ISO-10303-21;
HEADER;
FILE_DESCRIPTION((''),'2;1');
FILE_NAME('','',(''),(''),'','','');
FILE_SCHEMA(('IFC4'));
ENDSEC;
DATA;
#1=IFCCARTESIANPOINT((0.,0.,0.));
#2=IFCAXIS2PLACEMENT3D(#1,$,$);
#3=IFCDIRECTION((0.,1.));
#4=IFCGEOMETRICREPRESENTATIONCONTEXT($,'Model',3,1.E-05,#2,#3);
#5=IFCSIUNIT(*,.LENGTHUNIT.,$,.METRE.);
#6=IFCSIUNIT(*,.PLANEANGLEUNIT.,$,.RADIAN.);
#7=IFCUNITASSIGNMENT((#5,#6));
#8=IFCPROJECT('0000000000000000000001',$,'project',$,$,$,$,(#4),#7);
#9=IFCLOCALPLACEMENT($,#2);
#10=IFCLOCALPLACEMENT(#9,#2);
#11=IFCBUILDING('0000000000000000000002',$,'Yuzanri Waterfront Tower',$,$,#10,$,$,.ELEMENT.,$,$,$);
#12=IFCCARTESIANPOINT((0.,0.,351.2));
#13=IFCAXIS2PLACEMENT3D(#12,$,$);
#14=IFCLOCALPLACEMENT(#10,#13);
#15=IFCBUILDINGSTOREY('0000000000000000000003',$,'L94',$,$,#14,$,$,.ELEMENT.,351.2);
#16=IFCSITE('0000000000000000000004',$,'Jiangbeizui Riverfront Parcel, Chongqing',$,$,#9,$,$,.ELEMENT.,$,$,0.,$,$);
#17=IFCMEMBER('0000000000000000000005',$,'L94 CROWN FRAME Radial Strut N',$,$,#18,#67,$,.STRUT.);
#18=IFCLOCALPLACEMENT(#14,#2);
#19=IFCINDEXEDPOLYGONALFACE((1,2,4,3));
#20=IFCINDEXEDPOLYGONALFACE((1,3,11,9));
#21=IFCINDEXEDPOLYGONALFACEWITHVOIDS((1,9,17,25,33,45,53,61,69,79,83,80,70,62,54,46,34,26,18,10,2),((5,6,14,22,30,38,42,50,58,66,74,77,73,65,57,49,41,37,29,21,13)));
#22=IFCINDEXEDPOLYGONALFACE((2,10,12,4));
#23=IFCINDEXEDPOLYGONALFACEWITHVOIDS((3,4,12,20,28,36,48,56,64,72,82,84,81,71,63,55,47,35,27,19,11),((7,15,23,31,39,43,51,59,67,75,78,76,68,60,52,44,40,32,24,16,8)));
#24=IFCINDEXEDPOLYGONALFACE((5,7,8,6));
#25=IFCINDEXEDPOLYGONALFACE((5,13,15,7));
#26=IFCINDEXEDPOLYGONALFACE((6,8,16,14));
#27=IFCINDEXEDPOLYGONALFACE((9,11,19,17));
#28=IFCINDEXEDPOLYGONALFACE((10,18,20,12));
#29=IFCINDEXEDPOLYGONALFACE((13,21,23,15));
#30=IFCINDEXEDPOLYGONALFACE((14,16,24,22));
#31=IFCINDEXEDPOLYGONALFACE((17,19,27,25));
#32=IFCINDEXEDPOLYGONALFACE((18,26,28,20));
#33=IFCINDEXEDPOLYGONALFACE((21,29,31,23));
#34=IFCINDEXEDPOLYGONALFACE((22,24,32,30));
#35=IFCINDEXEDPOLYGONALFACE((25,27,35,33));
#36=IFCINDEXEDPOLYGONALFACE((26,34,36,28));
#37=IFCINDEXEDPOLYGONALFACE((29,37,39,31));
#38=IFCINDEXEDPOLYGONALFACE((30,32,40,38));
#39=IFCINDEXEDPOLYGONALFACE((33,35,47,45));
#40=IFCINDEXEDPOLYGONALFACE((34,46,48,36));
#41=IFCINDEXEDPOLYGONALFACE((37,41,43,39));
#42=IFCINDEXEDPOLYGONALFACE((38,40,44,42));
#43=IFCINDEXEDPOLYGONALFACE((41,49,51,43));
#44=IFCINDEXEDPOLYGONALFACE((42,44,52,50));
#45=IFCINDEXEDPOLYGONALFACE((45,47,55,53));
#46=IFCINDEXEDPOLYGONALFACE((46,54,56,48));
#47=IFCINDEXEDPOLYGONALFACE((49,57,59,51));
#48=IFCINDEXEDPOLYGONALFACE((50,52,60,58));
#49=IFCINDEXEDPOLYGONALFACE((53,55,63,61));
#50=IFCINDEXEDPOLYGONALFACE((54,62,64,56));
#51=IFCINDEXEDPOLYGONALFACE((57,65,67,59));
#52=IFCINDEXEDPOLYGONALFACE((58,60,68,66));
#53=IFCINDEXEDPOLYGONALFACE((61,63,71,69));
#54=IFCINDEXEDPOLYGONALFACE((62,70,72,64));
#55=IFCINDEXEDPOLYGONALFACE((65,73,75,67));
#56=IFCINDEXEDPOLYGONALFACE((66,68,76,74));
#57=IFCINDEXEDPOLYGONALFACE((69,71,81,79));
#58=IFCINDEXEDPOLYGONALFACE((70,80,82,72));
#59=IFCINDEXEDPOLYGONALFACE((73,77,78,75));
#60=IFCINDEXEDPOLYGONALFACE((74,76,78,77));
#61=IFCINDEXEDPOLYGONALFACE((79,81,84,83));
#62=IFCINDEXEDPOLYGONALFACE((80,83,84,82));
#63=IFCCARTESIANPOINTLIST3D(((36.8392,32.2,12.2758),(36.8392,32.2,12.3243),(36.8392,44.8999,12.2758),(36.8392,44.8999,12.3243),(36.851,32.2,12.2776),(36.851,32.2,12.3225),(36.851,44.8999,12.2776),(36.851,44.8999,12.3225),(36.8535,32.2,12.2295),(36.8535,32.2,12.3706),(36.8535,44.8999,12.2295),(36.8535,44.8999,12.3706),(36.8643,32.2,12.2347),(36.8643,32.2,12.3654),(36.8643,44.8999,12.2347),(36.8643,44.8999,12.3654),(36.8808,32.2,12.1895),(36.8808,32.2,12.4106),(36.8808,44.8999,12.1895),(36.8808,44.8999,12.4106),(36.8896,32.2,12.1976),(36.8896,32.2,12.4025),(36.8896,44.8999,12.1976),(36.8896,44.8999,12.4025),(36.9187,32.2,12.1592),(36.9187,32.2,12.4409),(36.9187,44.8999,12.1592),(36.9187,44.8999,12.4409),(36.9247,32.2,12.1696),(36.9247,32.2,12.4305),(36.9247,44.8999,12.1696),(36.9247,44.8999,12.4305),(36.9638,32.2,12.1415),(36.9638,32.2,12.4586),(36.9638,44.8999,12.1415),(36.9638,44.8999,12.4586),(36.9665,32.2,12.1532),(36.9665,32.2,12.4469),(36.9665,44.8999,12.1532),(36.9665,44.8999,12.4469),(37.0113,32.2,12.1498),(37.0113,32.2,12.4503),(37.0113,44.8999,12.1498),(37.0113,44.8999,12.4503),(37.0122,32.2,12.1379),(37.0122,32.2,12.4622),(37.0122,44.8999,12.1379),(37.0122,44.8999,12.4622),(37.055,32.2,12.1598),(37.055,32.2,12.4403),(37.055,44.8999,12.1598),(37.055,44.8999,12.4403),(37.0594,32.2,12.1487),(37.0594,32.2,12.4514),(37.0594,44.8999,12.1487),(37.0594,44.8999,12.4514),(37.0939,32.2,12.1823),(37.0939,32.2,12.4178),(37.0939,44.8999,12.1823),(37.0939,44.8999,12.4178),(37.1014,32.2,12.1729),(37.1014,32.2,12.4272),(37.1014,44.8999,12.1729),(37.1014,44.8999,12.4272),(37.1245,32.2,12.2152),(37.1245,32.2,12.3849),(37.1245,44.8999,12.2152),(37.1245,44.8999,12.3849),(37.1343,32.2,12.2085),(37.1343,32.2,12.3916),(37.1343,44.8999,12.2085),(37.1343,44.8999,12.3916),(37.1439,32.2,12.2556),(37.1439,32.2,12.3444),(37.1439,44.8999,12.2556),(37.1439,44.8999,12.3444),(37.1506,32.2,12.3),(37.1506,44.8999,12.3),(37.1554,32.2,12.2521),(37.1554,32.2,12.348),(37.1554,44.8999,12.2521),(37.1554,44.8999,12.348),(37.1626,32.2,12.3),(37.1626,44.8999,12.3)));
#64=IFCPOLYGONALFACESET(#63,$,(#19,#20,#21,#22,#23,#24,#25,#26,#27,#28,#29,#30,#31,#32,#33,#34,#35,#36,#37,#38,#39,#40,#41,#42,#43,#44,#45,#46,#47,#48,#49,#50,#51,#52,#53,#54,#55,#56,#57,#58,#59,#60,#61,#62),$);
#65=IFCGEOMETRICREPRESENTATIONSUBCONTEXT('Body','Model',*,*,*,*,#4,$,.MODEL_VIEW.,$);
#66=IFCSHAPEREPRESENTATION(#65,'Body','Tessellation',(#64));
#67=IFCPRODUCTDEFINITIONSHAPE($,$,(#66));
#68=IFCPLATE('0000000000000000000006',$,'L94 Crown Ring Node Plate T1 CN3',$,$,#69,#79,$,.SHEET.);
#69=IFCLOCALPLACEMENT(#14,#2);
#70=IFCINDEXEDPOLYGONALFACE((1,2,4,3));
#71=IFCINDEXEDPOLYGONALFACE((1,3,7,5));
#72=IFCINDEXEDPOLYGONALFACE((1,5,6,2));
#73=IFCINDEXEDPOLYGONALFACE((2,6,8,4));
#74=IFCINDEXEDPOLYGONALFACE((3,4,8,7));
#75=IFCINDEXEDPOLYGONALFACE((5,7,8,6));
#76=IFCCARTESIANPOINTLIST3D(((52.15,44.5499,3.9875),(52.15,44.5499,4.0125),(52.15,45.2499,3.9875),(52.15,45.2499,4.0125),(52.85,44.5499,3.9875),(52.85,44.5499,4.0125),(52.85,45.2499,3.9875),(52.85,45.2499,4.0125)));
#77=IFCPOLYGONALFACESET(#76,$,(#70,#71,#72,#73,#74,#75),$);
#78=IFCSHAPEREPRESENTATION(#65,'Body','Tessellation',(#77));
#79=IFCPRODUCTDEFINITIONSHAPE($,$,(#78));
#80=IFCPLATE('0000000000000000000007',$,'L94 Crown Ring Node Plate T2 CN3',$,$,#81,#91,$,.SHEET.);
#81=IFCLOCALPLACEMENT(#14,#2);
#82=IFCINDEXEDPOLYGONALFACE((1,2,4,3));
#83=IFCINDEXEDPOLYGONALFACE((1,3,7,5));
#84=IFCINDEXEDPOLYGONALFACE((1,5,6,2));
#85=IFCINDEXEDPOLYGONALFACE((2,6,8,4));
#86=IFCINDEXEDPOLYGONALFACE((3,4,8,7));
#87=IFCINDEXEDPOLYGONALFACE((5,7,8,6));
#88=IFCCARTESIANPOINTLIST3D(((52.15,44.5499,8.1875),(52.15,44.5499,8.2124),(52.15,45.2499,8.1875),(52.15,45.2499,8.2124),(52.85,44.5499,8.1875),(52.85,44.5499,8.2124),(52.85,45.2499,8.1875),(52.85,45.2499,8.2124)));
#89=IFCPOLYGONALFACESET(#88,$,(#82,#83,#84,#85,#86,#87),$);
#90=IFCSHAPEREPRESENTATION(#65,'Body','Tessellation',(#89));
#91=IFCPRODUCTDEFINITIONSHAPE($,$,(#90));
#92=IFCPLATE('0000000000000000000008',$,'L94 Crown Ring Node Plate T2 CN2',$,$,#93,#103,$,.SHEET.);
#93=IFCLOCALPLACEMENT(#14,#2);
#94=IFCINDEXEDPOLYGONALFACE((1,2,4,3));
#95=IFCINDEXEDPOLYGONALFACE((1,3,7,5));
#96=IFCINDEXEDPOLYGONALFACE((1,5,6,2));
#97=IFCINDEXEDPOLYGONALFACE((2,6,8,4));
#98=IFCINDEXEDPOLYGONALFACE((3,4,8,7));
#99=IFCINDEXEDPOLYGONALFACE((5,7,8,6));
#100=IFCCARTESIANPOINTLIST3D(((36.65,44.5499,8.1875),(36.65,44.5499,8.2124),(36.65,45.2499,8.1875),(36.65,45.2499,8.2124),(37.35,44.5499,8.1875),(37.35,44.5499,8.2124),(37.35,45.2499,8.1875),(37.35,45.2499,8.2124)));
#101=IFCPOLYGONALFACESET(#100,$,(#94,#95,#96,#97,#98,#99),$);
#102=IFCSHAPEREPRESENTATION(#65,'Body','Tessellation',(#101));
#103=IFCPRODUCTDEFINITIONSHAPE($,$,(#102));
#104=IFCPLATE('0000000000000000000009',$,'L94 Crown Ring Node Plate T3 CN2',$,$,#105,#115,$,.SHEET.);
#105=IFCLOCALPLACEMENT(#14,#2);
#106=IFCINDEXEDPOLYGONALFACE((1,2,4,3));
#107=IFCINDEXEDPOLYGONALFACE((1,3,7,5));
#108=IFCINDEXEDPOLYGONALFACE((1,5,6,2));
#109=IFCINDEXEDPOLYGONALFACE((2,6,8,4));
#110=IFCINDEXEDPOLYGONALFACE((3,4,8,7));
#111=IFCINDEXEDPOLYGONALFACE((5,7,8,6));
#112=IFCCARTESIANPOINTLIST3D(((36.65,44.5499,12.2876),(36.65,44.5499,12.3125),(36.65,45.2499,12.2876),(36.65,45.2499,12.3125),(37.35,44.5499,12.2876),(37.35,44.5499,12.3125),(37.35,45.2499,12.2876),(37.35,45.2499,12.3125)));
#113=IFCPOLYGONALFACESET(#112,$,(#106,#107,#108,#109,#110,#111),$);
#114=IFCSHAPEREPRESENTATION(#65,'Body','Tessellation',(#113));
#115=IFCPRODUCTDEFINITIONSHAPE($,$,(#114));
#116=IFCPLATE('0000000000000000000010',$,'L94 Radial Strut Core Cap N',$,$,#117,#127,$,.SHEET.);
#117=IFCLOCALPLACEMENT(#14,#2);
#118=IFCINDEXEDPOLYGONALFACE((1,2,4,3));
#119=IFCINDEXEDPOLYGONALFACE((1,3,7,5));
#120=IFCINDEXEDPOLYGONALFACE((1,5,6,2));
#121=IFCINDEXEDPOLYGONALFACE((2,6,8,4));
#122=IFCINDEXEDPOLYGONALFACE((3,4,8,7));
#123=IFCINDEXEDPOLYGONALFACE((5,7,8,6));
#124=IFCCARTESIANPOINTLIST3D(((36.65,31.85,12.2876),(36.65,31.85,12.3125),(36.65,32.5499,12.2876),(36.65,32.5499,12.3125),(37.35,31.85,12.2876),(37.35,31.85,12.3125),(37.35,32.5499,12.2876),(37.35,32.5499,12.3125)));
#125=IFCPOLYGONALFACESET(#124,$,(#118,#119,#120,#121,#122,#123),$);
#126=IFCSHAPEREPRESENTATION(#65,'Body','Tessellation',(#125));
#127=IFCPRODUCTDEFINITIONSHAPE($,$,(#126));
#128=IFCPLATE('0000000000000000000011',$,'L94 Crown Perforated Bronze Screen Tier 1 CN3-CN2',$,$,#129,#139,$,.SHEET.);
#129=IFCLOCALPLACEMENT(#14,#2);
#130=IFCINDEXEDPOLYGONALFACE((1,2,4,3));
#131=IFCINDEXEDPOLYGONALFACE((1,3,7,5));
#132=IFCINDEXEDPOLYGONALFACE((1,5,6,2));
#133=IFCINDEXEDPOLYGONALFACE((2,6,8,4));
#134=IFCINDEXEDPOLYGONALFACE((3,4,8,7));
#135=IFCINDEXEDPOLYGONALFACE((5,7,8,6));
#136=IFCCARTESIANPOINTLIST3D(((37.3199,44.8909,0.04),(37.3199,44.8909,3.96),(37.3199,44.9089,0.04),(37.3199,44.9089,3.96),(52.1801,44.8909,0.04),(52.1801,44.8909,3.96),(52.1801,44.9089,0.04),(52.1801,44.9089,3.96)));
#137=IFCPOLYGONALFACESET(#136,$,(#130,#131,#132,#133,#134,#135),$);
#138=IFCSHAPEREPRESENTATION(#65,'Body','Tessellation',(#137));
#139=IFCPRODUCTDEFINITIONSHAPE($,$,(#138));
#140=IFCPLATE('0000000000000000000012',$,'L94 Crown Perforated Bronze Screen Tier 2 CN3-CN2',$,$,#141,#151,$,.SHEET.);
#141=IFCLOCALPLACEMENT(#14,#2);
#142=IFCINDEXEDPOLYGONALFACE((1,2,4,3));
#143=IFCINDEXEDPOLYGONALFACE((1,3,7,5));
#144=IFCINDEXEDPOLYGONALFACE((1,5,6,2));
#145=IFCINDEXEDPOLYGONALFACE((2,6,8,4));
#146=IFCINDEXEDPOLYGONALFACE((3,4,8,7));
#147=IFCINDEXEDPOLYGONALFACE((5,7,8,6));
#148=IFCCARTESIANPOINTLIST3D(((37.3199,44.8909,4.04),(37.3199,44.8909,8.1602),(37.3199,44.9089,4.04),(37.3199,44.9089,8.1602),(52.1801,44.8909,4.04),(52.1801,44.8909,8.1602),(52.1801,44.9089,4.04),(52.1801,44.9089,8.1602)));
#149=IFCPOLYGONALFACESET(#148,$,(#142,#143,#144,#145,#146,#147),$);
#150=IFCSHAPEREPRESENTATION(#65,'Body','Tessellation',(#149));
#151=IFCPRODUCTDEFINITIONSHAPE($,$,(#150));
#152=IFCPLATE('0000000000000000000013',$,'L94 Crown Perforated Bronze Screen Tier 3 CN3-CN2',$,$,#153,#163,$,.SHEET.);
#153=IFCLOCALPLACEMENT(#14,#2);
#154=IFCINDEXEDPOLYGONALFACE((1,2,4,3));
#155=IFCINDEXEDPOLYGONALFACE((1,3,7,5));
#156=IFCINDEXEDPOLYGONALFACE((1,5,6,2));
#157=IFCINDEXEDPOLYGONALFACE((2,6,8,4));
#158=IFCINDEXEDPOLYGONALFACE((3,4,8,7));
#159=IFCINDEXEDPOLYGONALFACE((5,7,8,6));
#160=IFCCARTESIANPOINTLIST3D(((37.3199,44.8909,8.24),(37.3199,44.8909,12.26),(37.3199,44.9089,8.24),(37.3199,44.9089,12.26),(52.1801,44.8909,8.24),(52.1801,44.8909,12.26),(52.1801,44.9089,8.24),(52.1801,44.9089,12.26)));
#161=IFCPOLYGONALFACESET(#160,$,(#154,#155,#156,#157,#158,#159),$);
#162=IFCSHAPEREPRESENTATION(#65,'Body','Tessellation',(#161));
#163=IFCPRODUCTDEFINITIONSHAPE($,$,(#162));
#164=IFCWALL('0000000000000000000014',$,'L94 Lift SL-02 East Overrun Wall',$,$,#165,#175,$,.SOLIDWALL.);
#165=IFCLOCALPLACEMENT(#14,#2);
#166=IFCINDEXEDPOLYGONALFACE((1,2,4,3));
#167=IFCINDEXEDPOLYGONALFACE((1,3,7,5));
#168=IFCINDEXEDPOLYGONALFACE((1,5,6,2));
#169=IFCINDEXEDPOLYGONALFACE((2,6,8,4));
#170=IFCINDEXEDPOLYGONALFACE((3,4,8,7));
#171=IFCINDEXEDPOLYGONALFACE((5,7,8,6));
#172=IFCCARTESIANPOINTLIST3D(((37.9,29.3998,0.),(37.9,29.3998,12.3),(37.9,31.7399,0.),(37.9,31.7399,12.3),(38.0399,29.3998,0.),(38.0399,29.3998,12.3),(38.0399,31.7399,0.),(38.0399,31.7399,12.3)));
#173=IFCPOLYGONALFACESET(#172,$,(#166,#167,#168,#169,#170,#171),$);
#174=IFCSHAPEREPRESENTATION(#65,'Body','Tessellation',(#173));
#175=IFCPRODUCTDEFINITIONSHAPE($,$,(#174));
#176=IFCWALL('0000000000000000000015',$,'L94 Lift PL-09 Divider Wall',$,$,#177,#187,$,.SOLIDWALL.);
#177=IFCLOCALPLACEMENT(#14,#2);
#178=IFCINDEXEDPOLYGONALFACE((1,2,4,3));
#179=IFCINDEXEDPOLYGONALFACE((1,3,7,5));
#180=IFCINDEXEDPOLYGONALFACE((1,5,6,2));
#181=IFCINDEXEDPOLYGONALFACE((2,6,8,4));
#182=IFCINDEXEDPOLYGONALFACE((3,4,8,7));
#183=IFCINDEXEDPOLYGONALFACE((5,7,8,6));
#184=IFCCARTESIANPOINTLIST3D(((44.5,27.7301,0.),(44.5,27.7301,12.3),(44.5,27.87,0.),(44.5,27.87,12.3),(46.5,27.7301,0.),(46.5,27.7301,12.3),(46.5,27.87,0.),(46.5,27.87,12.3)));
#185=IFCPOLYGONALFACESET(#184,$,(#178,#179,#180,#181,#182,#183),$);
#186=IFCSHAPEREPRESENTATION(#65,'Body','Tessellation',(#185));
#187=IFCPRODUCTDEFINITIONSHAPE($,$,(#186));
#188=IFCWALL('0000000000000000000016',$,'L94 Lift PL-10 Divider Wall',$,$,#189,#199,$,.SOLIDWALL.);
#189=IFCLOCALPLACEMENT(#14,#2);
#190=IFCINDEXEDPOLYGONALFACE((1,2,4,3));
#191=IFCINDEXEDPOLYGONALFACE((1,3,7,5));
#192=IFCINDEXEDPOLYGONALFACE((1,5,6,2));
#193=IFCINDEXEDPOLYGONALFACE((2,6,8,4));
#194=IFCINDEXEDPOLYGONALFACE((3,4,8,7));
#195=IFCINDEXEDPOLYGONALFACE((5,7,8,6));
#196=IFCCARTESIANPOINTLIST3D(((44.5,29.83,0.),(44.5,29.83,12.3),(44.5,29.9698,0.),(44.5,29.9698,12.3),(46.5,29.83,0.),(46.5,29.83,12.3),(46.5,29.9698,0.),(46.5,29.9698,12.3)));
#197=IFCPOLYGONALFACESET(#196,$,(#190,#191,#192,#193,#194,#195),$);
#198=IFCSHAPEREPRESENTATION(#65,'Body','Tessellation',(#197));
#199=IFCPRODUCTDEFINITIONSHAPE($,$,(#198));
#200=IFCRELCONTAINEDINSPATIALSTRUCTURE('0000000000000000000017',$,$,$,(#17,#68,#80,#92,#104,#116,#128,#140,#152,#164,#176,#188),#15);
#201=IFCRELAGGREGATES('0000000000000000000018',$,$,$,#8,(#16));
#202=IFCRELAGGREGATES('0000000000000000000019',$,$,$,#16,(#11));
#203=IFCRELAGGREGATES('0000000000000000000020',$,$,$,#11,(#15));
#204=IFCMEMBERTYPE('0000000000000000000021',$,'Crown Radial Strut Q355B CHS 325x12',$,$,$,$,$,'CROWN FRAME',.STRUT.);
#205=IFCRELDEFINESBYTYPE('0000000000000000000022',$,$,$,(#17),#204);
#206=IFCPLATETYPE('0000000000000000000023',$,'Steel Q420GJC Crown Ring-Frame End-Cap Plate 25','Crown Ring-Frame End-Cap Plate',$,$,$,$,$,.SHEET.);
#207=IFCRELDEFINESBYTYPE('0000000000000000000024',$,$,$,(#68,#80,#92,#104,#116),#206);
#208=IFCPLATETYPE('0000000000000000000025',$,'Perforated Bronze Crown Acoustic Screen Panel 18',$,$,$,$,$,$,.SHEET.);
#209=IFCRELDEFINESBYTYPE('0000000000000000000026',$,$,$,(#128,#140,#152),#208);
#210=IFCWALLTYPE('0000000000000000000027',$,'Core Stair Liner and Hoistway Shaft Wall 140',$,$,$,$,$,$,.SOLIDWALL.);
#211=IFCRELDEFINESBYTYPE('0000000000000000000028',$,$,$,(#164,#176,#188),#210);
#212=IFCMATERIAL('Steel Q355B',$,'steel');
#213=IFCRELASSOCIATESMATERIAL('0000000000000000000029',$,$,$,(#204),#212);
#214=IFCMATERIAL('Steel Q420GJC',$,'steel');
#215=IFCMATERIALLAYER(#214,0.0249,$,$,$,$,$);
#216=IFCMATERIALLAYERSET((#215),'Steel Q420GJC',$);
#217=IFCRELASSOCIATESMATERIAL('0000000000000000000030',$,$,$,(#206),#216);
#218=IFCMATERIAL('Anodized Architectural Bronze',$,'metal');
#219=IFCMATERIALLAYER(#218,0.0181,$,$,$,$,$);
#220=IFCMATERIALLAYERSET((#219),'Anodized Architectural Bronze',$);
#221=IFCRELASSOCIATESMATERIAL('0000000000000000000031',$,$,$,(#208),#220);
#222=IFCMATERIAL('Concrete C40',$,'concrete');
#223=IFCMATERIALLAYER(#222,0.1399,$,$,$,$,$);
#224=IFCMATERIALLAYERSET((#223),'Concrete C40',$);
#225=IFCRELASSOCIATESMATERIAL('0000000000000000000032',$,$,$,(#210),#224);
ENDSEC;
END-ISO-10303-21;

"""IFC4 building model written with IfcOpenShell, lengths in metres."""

from ifc_helpers import new_model, si_unit, direction, frame, frame_2d, origin, origin_2d, place, context, subcontext, project, spatial, rectangle, hollow_circle, extrude, source, transform, mapped, material, layer, layer_set, material_profile, profile_set, type_object, element, save


model = new_model("IFC4")

# Units and contexts
model_context = context("Model", 3, precision=1e-05, world=origin(), true_north=direction((0.0, 1.0)))
body_context = subcontext(model_context, "Body", "Model", "MODEL_VIEW")
ifc_project = project(units=[si_unit("LENGTHUNIT", "METRE"), si_unit("PLANEANGLEUNIT", "RADIAN")], contexts=[model_context])

# Site, building, storey
site_placement = place(None, origin())
site = spatial("IfcSite", under=ifc_project, at=site_placement, Name="Jiangbeizui Riverfront Parcel, Chongqing", CompositionType="ELEMENT", RefElevation=0.0)
building_placement = place(site_placement, origin())
building = spatial("IfcBuilding", under=site, at=building_placement, Name="Yuzanri Waterfront Tower", CompositionType="ELEMENT")
storey_placement = place(building_placement, frame((0.0, 0.0, 351.2)))
storey = spatial("IfcBuildingStorey", under=building, at=storey_placement, Name="L94", CompositionType="ELEMENT", Elevation=351.2)

# Member
ifc_material_1 = material(Name="Steel Q355B", Category="steel")
ifc_material_profile_1 = material_profile(ifc_material_1, hollow_circle(Radius=0.1626, WallThickness=0.012, at=origin_2d()), Name="CHS 325x12")
ifc_profile_set_1 = profile_set([ifc_material_profile_1], Name="Steel Q355B")
member_type_1 = type_object("IfcMemberType", Name="Crown Radial Strut Q355B CHS 325x12", ElementType="CROWN FRAME", PredefinedType="STRUT", material=ifc_profile_set_1)
shared_shape_1 = source(origin(), body_context, "Body", "SweptSolid", [
    extrude(hollow_circle(Radius=0.1626, WallThickness=0.012, at=origin_2d()), origin(), (0.0, 0.0, 1.0), 12.7),
])
member_1_placement = place(storey_placement, frame((37.0, 44.8999, 12.3), z_axis=(0.0, -1.0, 0.0), x_axis=(1.0, 0.0, 0.0)))
element("IfcMember", 1, at=member_1_placement, inside=storey, type_object=member_type_1, Name="L94 CROWN FRAME Radial Strut N", PredefinedType="STRUT", context=body_context, shape_type="MappedRepresentation", body=[
    mapped(shared_shape_1, transform((0.0, 0.0, 0.0), scale=1.0)),
])

# Plates
ifc_material_2 = material(Name="Steel Q420GJC", Category="steel")
ifc_layer_1 = layer(ifc_material_2, 0.0249)
ifc_layer_set_1 = layer_set([ifc_layer_1], Name="Steel Q420GJC")
plate_type_1 = type_object("IfcPlateType", Name="Steel Q420GJC Crown Ring-Frame End-Cap Plate 25", Description="Crown Ring-Frame End-Cap Plate", PredefinedType="SHEET", material=ifc_layer_set_1)
shared_shape_2 = source(origin(), body_context, "Body", "SweptSolid", [
    extrude(rectangle(XDim=0.7, YDim=0.7, at=origin_2d()), origin(), (0.0, 0.0, 1.0), 0.0249),
])
for number, where, z_axis, x_axis, name in (
    (2, (52.5, 44.8999, 3.9875), (0.0, 0.0, 1.0), (1.0, 0.0, 0.0), "L94 Crown Ring Node Plate T1 CN3"),
    (3, (52.5, 44.8999, 8.1875), (0.0, 0.0, 1.0), (1.0, 0.0, 0.0), "L94 Crown Ring Node Plate T2 CN3"),
    (4, (37.0, 44.8999, 8.1875), (0.0, 0.0, 1.0), (1.0, 0.0, 0.0), "L94 Crown Ring Node Plate T2 CN2"),
    (5, (37.0, 44.8999, 12.2876), (0.0, 0.0, 1.0), (1.0, 0.0, 0.0), "L94 Crown Ring Node Plate T3 CN2"),
    (6, (37.0, 32.2, 12.2876), (0.0, 0.0, 1.0), (1.0, 0.0, 0.0), "L94 Radial Strut Core Cap N"),
):
    element("IfcPlate", number, at=place(storey_placement, frame(where, z_axis=z_axis, x_axis=x_axis)), inside=storey, type_object=plate_type_1, Name=name, PredefinedType="SHEET", context=body_context, shape_type="MappedRepresentation", body=[
        mapped(shared_shape_2, transform((0.0, 0.0, 0.0), scale=1.0)),
    ])
ifc_material_3 = material(Name="Anodized Architectural Bronze", Category="metal")
ifc_layer_2 = layer(ifc_material_3, 0.0181)
ifc_layer_set_2 = layer_set([ifc_layer_2], Name="Anodized Architectural Bronze")
plate_type_2 = type_object("IfcPlateType", Name="Perforated Bronze Crown Acoustic Screen Panel 18", PredefinedType="SHEET", material=ifc_layer_set_2)
shared_shape_3 = source(origin(), body_context, "Body", "SweptSolid", [
    extrude(rectangle(XDim=14.8601, YDim=0.0181, at=origin_2d()), origin(), (0.0, 0.0, 1.0), 3.9199),
])
plate_1_placement = place(storey_placement, frame((44.75, 44.8999, 0.04), z_axis=(0.0, 0.0, 1.0), x_axis=(-1.0, 0.0, 0.0)))
element("IfcPlate", 7, at=plate_1_placement, inside=storey, type_object=plate_type_2, Name="L94 Crown Perforated Bronze Screen Tier 1 CN3-CN2", PredefinedType="SHEET", context=body_context, shape_type="MappedRepresentation", body=[
    mapped(shared_shape_3, transform((0.0, 0.0, 0.0), scale=1.0)),
])
shared_shape_4 = source(origin(), body_context, "Body", "SweptSolid", [
    extrude(rectangle(XDim=14.8601, YDim=0.0181, at=origin_2d()), origin(), (0.0, 0.0, 1.0), 4.1201),
])
plate_2_placement = place(storey_placement, frame((44.75, 44.8999, 4.04), z_axis=(0.0, 0.0, 1.0), x_axis=(-1.0, 0.0, 0.0)))
element("IfcPlate", 8, at=plate_2_placement, inside=storey, type_object=plate_type_2, Name="L94 Crown Perforated Bronze Screen Tier 2 CN3-CN2", PredefinedType="SHEET", context=body_context, shape_type="MappedRepresentation", body=[
    mapped(shared_shape_4, transform((0.0, 0.0, 0.0), scale=1.0)),
])
shared_shape_5 = source(origin(), body_context, "Body", "SweptSolid", [
    extrude(rectangle(XDim=14.8601, YDim=0.0181, at=origin_2d()), origin(), (0.0, 0.0, 1.0), 4.02),
])
plate_3_placement = place(storey_placement, frame((44.75, 44.8999, 8.24), z_axis=(0.0, 0.0, 1.0), x_axis=(-1.0, 0.0, 0.0)))
element("IfcPlate", 9, at=plate_3_placement, inside=storey, type_object=plate_type_2, Name="L94 Crown Perforated Bronze Screen Tier 3 CN3-CN2", PredefinedType="SHEET", context=body_context, shape_type="MappedRepresentation", body=[
    mapped(shared_shape_5, transform((0.0, 0.0, 0.0), scale=1.0)),
])

# Walls
ifc_material_4 = material(Name="Concrete C40", Category="concrete")
ifc_layer_3 = layer(ifc_material_4, 0.1399)
ifc_layer_set_3 = layer_set([ifc_layer_3], Name="Concrete C40")
wall_type = type_object("IfcWallType", Name="Core Stair Liner and Hoistway Shaft Wall 140", PredefinedType="SOLIDWALL", material=ifc_layer_set_3)
shared_shape_6 = source(origin(), body_context, "Body", "SweptSolid", [
    extrude(rectangle(XDim=2.3401, YDim=0.1399, at=frame_2d((1.1699, 0.0))), origin(), (0.0, 0.0, 1.0), 12.3),
])
wall_placement = place(storey_placement, frame((37.97, 29.3999, 0.0), z_axis=(0.0, 0.0, 1.0), x_axis=(0.0, 1.0, 0.0)))
element("IfcWall", 10, at=wall_placement, inside=storey, type_object=wall_type, Name="L94 Lift SL-02 East Overrun Wall", PredefinedType="SOLIDWALL", context=body_context, shape_type="MappedRepresentation", body=[
    mapped(shared_shape_6, transform((0.0, 0.0, 0.0), scale=1.0)),
])
shared_shape_7 = source(origin(), body_context, "Body", "SweptSolid", [
    extrude(rectangle(XDim=2.0, YDim=0.1399, at=frame_2d((1.0, 0.0))), origin(), (0.0, 0.0, 1.0), 12.3),
])
for number, where, z_axis, x_axis, name in (
    (11, (44.5, 27.8, 0.0), (0.0, 0.0, 1.0), (1.0, 0.0, 0.0), "L94 Lift PL-09 Divider Wall"),
    (12, (44.5, 29.8999, 0.0), (0.0, 0.0, 1.0), (1.0, 0.0, 0.0), "L94 Lift PL-10 Divider Wall"),
):
    element("IfcWall", number, at=place(storey_placement, frame(where, z_axis=z_axis, x_axis=x_axis)), inside=storey, type_object=wall_type, Name=name, PredefinedType="SOLIDWALL", context=body_context, shape_type="MappedRepresentation", body=[
        mapped(shared_shape_7, transform((0.0, 0.0, 0.0), scale=1.0)),
    ])

save(model, "model.ifc")
